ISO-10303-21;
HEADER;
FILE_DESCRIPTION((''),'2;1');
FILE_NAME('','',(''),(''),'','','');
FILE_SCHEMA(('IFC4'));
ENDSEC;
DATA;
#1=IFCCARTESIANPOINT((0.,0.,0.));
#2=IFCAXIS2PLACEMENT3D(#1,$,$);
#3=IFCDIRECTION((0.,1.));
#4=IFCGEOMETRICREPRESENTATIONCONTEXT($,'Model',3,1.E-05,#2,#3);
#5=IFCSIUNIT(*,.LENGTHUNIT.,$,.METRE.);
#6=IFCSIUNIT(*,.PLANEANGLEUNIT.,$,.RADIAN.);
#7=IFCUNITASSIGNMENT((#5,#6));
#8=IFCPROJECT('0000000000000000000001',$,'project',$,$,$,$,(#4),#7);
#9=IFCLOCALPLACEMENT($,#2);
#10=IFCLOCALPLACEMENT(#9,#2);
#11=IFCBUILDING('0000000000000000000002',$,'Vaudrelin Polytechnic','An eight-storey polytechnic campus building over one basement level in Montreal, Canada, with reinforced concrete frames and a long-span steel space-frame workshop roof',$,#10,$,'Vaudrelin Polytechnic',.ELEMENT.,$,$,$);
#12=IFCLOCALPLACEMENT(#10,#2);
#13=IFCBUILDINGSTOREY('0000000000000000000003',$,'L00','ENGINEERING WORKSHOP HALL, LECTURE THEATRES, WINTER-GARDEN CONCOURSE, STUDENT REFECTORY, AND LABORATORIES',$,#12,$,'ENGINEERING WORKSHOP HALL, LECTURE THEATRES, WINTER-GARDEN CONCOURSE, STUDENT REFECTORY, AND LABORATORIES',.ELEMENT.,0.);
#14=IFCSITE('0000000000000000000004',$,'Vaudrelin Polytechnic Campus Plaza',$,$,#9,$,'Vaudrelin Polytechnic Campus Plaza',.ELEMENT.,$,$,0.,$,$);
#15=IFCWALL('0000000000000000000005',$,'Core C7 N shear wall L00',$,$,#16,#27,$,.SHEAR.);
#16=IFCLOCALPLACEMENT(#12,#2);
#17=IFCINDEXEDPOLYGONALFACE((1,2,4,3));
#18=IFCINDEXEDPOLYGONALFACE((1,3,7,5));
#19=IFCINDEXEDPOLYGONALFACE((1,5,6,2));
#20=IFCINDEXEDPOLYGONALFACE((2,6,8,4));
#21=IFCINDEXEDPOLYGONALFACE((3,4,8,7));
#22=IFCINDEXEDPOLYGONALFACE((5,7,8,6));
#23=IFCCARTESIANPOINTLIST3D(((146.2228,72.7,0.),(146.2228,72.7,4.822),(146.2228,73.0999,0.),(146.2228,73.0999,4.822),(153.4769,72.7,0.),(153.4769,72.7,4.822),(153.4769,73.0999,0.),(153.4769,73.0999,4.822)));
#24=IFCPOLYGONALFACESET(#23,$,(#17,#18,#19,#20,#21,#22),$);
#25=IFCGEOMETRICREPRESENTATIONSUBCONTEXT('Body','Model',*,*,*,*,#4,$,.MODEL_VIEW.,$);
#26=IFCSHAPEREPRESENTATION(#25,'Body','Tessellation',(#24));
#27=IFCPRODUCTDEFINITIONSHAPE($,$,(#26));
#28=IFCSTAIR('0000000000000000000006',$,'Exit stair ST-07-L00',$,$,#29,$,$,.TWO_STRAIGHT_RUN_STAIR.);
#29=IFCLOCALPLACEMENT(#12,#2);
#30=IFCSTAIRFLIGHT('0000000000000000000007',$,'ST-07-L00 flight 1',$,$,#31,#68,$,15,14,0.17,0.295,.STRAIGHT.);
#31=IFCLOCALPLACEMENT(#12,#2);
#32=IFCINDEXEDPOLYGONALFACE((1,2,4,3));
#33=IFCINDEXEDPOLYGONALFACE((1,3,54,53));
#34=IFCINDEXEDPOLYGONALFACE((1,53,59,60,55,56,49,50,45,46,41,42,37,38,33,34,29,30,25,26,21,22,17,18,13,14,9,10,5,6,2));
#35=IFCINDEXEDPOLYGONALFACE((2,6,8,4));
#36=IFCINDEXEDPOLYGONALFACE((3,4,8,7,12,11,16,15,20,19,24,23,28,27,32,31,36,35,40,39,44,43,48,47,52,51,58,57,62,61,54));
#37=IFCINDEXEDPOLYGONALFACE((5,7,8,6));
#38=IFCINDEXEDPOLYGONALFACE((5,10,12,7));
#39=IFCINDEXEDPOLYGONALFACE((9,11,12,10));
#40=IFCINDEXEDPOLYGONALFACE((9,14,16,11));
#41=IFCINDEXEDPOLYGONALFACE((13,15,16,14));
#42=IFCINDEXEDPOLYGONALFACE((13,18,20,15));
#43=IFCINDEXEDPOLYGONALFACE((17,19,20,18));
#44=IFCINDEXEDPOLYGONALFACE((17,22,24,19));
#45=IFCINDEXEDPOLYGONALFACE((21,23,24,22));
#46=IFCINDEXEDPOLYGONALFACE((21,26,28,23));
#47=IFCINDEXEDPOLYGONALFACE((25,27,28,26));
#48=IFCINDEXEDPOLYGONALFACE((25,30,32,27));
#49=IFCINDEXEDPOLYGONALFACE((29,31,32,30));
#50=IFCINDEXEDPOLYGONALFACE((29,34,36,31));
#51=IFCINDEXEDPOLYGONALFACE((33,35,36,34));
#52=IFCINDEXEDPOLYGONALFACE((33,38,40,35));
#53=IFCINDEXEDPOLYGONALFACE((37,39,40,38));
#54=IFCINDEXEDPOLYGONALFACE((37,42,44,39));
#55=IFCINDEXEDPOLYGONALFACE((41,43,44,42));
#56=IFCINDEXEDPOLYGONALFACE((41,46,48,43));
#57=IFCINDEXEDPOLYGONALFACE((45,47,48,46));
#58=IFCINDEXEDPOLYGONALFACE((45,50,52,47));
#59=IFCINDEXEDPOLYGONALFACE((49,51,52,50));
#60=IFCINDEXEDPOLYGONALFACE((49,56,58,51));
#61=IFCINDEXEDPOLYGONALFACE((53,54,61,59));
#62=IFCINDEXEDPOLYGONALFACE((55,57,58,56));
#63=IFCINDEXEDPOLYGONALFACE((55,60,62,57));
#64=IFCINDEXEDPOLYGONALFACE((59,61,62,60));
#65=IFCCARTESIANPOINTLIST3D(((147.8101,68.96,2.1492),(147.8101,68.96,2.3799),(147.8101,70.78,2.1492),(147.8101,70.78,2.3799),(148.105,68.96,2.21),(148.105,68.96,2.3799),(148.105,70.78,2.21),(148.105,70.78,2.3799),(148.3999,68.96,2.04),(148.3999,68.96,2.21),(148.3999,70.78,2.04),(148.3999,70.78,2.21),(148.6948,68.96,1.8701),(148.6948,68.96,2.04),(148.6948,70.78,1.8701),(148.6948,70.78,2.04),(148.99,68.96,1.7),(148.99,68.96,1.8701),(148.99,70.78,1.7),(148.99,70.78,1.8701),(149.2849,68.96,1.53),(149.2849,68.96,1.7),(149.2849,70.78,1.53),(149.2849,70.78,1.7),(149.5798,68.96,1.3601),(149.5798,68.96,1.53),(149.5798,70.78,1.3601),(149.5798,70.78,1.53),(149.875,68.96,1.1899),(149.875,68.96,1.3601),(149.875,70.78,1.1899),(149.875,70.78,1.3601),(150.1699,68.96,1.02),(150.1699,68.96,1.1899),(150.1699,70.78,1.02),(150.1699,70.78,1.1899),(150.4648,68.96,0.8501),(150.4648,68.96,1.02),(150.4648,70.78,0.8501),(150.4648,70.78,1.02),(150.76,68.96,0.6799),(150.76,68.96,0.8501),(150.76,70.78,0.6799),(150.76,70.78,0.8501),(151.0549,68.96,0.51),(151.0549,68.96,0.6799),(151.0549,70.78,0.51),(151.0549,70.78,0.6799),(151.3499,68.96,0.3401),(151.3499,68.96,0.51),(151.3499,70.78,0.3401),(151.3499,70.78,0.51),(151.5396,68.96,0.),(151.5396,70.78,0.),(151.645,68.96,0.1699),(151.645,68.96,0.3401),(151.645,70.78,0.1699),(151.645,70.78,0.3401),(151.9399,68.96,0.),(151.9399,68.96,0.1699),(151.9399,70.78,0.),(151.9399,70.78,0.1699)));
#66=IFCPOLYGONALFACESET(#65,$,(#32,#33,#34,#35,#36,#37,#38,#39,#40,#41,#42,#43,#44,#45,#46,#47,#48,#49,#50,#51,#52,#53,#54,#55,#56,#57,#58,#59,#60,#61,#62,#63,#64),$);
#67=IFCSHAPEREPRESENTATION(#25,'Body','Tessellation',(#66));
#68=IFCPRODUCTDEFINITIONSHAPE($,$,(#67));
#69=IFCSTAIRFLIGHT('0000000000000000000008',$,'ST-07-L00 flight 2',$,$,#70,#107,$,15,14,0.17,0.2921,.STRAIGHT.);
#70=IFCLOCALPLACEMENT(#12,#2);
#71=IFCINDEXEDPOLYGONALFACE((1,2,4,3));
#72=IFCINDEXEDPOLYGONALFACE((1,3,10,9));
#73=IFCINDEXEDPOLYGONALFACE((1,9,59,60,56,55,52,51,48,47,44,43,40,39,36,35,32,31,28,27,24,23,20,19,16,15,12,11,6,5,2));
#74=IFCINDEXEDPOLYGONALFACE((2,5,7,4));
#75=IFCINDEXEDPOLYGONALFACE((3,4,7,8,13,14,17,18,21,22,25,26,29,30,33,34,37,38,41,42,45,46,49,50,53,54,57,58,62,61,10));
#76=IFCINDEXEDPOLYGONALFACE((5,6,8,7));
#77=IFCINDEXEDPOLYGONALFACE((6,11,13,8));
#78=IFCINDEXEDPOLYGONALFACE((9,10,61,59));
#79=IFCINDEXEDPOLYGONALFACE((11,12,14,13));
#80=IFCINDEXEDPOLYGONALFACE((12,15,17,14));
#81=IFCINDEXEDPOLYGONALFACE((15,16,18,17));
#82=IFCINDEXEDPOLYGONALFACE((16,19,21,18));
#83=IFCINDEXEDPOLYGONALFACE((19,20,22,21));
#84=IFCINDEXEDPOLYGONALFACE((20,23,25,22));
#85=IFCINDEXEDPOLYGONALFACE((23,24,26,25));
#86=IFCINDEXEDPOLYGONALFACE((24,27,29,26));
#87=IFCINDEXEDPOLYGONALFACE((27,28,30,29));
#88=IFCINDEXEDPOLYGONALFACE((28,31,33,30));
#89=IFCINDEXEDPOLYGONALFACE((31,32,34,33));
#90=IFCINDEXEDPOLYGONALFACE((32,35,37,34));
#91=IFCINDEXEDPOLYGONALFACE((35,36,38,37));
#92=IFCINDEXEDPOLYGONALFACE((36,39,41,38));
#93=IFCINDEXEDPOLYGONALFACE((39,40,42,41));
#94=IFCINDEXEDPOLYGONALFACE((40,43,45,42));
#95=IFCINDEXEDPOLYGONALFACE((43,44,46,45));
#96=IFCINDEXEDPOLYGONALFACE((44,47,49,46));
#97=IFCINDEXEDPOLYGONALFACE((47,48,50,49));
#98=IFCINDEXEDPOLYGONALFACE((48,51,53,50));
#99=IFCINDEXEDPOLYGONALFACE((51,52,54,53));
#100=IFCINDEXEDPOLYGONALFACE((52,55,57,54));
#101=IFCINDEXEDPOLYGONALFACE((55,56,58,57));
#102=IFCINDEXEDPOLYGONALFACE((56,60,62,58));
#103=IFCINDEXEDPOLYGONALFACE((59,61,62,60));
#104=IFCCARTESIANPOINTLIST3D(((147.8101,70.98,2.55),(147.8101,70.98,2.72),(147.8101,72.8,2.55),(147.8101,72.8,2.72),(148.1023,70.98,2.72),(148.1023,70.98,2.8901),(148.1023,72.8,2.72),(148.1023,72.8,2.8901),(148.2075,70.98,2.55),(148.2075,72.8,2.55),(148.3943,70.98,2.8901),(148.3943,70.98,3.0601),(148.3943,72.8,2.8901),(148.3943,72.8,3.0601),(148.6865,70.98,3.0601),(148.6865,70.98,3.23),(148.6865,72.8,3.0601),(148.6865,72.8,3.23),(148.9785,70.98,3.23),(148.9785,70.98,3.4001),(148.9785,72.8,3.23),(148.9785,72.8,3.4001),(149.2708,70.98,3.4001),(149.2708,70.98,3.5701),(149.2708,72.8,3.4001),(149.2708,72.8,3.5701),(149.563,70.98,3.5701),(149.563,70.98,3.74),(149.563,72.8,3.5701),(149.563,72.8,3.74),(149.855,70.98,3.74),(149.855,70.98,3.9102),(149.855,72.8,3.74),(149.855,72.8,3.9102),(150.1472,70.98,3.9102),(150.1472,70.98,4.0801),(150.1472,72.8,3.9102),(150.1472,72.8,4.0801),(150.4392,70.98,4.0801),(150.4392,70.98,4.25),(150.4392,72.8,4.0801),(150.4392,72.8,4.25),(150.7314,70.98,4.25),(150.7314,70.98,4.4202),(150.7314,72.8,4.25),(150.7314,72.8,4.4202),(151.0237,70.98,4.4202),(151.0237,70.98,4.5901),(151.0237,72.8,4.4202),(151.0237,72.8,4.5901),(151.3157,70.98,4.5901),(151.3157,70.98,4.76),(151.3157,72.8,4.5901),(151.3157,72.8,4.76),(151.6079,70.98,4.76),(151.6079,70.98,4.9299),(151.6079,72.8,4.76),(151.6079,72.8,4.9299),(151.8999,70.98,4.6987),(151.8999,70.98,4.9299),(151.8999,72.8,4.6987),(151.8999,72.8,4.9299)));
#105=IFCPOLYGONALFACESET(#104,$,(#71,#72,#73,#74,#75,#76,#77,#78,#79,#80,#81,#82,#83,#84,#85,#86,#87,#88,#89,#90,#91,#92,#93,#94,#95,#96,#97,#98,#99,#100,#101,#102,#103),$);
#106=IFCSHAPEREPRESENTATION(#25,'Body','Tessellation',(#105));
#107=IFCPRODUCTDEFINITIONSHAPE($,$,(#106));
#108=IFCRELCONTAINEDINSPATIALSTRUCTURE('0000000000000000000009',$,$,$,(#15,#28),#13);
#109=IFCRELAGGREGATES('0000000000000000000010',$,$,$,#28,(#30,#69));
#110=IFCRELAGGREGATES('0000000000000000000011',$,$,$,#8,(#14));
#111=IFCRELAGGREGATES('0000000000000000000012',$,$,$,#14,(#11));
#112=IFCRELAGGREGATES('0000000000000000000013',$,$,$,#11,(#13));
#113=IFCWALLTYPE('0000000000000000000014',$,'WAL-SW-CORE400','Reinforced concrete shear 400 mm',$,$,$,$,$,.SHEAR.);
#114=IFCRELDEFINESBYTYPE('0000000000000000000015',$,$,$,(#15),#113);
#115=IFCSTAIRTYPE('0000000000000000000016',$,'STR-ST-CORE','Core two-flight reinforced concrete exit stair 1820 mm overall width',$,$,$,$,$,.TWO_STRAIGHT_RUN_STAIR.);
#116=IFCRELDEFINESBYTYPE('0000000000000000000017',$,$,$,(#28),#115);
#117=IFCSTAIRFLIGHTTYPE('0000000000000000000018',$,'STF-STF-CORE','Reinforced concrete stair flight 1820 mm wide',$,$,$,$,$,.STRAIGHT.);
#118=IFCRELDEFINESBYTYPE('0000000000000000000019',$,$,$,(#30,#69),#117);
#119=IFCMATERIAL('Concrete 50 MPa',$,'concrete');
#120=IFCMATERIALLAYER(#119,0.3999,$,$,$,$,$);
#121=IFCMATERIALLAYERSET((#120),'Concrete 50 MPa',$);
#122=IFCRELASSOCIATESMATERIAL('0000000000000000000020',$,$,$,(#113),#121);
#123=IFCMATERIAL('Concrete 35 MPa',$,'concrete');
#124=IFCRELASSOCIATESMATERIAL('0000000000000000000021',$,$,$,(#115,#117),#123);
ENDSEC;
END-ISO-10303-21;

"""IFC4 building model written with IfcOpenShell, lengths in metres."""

from ifc_helpers import new_model, si_unit, direction, frame, frame_2d, origin, place, context, subcontext, project, spatial, polyline, rectangle, outline, extrude, material, layer, layer_set, type_object, element, aggregate, save


model = new_model("IFC4")

# Units and contexts
model_context = context("Model", 3, precision=1e-05, world=origin(), true_north=direction((0.0, 1.0)))
body_context = subcontext(model_context, "Body", "Model", "MODEL_VIEW")
ifc_project = project(units=[si_unit("LENGTHUNIT", "METRE"), si_unit("PLANEANGLEUNIT", "RADIAN")], contexts=[model_context])

# Site, building, storey
site_placement = place(None, origin())
site = spatial("IfcSite", under=ifc_project, at=site_placement, Name="Vaudrelin Polytechnic Campus Plaza", LongName="Vaudrelin Polytechnic Campus Plaza", CompositionType="ELEMENT", RefElevation=0.0)
building_placement = place(site_placement, origin())
building = spatial("IfcBuilding", under=site, at=building_placement, Name="Vaudrelin Polytechnic", Description="An eight-storey polytechnic campus building over one basement level in Montreal, Canada, with reinforced concrete frames and a long-span steel space-frame workshop roof", LongName="Vaudrelin Polytechnic", CompositionType="ELEMENT")
storey_placement = place(building_placement, origin())
storey = spatial("IfcBuildingStorey", under=building, at=storey_placement, Name="L00", Description="ENGINEERING WORKSHOP HALL, LECTURE THEATRES, WINTER-GARDEN CONCOURSE, STUDENT REFECTORY, AND LABORATORIES", LongName="ENGINEERING WORKSHOP HALL, LECTURE THEATRES, WINTER-GARDEN CONCOURSE, STUDENT REFECTORY, AND LABORATORIES", CompositionType="ELEMENT", Elevation=0.0)

# Shared definitions
ifc_material_1 = material(Name="Concrete 50 MPa", Category="concrete")

# Wall
ifc_layer_1 = layer(ifc_material_1, 0.3999)
ifc_layer_set_1 = layer_set([ifc_layer_1], Name="Concrete 50 MPa")
wall_type_1 = type_object("IfcWallType", Name="WAL-SW-CORE400", Description="Reinforced concrete shear 400 mm", PredefinedType="SHEAR", material=ifc_layer_set_1)
wall_1_placement = place(storey_placement, frame((146.2229, 72.8999, 0.0), z_axis=(0.0, 0.0, 1.0), x_axis=(1.0, 0.0, 0.0)))
element("IfcWall", 1, at=wall_1_placement, inside=storey, type_object=wall_type_1, Name="Core C7 N shear wall L00", PredefinedType="SHEAR", context=body_context, shape_type="SweptSolid", body=[
    extrude(rectangle(XDim=7.2542, YDim=0.3999, at=frame_2d((3.627, 0.0))), origin(), (0.0, 0.0, 1.0), 4.822),
])

# Stair, stair flights
ifc_material_2 = material(Name="Concrete 35 MPa", Category="concrete")
stair_type = type_object("IfcStairType", Name="STR-ST-CORE", Description="Core two-flight reinforced concrete exit stair 1820 mm overall width", PredefinedType="TWO_STRAIGHT_RUN_STAIR", material=ifc_material_2)
stair_placement = place(storey_placement, origin())
stair = element("IfcStair", 2, at=stair_placement, inside=storey, type_object=stair_type, Name="Exit stair ST-07-L00", PredefinedType="TWO_STRAIGHT_RUN_STAIR")
stair_flight_type = type_object("IfcStairFlightType", Name="STF-STF-CORE", Description="Reinforced concrete stair flight 1820 mm wide", PredefinedType="STRAIGHT", material=ifc_material_2)
stair_flight_1_placement = place(storey_placement, frame((151.9399, 69.8701, 0.0), z_axis=(0.0, 0.0, 1.0), x_axis=(-1.0, 0.0, 0.0)))
stair_flight_1 = element("IfcStairFlight", 3, at=stair_flight_1_placement, type_object=stair_flight_type, Name="ST-07-L00 flight 1", NumberOfRisers=15, NumberOfTreads=14, PredefinedType="STRAIGHT", RiserHeight=0.17, TreadLength=0.295, context=body_context, shape_type="SweptSolid", body=[
    extrude(outline(polyline([(0.0, 0.0), (0.0, 0.1699), (0.2949, 0.1699), (0.2949, 0.3401), (0.5901, 0.3401), (0.5901, 0.51), (0.885, 0.51), (0.885, 0.6799), (1.1799, 0.6799), (1.1799, 0.8501), (1.4751, 0.8501), (1.4751, 1.02), (1.77, 1.02), (1.77, 1.1899), (2.0649, 1.1899), (2.0649, 1.3601), (2.3601, 1.3601), (2.3601, 1.53), (2.655, 1.53), (2.655, 1.7), (2.95, 1.7), (2.95, 1.8701), (3.2451, 1.8701), (3.2451, 2.04), (3.54, 2.04), (3.54, 2.21), (3.835, 2.21), (3.835, 2.3799), (4.1299, 2.3799), (4.1299, 2.55), (4.1299, 2.1492), (0.4004, 0.0), (0.0, 0.0)])), frame((0.0, 0.9102, 0.0), z_axis=(0.0, -1.0, 0.0), x_axis=(1.0, 0.0, 0.0)), (0.0, 0.0, 1.0), 1.8201),
])
stair_flight_2_placement = place(storey_placement, frame((147.8101, 71.8899, 2.55), z_axis=(0.0, 0.0, 1.0), x_axis=(1.0, 0.0, 0.0)))
stair_flight_2 = element("IfcStairFlight", 4, at=stair_flight_2_placement, type_object=stair_flight_type, Name="ST-07-L00 flight 2", NumberOfRisers=15, NumberOfTreads=14, PredefinedType="STRAIGHT", RiserHeight=0.17, TreadLength=0.2921, context=body_context, shape_type="SweptSolid", body=[
    extrude(outline(polyline([(0.0, 0.0), (0.0, 0.1699), (0.2922, 0.1699), (0.2922, 0.3401), (0.5842, 0.3401), (0.5842, 0.51), (0.8765, 0.51), (0.8765, 0.6799), (1.1685, 0.6799), (1.1685, 0.8501), (1.4607, 0.8501), (1.4607, 1.02), (1.7529, 1.02), (1.7529, 1.1899), (2.0449, 1.1899), (2.0449, 1.3601), (2.3372, 1.3601), (2.3372, 1.53), (2.6292, 1.53), (2.6292, 1.7), (2.9214, 1.7), (2.9214, 1.8701), (3.2136, 1.8701), (3.2136, 2.04), (3.5056, 2.04), (3.5056, 2.21), (3.7979, 2.21), (3.7979, 2.3799), (4.0898, 2.3799), (4.0898, 2.55), (4.0898, 2.1487), (0.3975, 0.0), (0.0, 0.0)])), frame((0.0, 0.9102, 0.0), z_axis=(0.0, -1.0, 0.0), x_axis=(1.0, 0.0, 0.0)), (0.0, 0.0, 1.0), 1.8201),
])
aggregate(stair, [stair_flight_1, stair_flight_2])

save(model, "model.ifc")
